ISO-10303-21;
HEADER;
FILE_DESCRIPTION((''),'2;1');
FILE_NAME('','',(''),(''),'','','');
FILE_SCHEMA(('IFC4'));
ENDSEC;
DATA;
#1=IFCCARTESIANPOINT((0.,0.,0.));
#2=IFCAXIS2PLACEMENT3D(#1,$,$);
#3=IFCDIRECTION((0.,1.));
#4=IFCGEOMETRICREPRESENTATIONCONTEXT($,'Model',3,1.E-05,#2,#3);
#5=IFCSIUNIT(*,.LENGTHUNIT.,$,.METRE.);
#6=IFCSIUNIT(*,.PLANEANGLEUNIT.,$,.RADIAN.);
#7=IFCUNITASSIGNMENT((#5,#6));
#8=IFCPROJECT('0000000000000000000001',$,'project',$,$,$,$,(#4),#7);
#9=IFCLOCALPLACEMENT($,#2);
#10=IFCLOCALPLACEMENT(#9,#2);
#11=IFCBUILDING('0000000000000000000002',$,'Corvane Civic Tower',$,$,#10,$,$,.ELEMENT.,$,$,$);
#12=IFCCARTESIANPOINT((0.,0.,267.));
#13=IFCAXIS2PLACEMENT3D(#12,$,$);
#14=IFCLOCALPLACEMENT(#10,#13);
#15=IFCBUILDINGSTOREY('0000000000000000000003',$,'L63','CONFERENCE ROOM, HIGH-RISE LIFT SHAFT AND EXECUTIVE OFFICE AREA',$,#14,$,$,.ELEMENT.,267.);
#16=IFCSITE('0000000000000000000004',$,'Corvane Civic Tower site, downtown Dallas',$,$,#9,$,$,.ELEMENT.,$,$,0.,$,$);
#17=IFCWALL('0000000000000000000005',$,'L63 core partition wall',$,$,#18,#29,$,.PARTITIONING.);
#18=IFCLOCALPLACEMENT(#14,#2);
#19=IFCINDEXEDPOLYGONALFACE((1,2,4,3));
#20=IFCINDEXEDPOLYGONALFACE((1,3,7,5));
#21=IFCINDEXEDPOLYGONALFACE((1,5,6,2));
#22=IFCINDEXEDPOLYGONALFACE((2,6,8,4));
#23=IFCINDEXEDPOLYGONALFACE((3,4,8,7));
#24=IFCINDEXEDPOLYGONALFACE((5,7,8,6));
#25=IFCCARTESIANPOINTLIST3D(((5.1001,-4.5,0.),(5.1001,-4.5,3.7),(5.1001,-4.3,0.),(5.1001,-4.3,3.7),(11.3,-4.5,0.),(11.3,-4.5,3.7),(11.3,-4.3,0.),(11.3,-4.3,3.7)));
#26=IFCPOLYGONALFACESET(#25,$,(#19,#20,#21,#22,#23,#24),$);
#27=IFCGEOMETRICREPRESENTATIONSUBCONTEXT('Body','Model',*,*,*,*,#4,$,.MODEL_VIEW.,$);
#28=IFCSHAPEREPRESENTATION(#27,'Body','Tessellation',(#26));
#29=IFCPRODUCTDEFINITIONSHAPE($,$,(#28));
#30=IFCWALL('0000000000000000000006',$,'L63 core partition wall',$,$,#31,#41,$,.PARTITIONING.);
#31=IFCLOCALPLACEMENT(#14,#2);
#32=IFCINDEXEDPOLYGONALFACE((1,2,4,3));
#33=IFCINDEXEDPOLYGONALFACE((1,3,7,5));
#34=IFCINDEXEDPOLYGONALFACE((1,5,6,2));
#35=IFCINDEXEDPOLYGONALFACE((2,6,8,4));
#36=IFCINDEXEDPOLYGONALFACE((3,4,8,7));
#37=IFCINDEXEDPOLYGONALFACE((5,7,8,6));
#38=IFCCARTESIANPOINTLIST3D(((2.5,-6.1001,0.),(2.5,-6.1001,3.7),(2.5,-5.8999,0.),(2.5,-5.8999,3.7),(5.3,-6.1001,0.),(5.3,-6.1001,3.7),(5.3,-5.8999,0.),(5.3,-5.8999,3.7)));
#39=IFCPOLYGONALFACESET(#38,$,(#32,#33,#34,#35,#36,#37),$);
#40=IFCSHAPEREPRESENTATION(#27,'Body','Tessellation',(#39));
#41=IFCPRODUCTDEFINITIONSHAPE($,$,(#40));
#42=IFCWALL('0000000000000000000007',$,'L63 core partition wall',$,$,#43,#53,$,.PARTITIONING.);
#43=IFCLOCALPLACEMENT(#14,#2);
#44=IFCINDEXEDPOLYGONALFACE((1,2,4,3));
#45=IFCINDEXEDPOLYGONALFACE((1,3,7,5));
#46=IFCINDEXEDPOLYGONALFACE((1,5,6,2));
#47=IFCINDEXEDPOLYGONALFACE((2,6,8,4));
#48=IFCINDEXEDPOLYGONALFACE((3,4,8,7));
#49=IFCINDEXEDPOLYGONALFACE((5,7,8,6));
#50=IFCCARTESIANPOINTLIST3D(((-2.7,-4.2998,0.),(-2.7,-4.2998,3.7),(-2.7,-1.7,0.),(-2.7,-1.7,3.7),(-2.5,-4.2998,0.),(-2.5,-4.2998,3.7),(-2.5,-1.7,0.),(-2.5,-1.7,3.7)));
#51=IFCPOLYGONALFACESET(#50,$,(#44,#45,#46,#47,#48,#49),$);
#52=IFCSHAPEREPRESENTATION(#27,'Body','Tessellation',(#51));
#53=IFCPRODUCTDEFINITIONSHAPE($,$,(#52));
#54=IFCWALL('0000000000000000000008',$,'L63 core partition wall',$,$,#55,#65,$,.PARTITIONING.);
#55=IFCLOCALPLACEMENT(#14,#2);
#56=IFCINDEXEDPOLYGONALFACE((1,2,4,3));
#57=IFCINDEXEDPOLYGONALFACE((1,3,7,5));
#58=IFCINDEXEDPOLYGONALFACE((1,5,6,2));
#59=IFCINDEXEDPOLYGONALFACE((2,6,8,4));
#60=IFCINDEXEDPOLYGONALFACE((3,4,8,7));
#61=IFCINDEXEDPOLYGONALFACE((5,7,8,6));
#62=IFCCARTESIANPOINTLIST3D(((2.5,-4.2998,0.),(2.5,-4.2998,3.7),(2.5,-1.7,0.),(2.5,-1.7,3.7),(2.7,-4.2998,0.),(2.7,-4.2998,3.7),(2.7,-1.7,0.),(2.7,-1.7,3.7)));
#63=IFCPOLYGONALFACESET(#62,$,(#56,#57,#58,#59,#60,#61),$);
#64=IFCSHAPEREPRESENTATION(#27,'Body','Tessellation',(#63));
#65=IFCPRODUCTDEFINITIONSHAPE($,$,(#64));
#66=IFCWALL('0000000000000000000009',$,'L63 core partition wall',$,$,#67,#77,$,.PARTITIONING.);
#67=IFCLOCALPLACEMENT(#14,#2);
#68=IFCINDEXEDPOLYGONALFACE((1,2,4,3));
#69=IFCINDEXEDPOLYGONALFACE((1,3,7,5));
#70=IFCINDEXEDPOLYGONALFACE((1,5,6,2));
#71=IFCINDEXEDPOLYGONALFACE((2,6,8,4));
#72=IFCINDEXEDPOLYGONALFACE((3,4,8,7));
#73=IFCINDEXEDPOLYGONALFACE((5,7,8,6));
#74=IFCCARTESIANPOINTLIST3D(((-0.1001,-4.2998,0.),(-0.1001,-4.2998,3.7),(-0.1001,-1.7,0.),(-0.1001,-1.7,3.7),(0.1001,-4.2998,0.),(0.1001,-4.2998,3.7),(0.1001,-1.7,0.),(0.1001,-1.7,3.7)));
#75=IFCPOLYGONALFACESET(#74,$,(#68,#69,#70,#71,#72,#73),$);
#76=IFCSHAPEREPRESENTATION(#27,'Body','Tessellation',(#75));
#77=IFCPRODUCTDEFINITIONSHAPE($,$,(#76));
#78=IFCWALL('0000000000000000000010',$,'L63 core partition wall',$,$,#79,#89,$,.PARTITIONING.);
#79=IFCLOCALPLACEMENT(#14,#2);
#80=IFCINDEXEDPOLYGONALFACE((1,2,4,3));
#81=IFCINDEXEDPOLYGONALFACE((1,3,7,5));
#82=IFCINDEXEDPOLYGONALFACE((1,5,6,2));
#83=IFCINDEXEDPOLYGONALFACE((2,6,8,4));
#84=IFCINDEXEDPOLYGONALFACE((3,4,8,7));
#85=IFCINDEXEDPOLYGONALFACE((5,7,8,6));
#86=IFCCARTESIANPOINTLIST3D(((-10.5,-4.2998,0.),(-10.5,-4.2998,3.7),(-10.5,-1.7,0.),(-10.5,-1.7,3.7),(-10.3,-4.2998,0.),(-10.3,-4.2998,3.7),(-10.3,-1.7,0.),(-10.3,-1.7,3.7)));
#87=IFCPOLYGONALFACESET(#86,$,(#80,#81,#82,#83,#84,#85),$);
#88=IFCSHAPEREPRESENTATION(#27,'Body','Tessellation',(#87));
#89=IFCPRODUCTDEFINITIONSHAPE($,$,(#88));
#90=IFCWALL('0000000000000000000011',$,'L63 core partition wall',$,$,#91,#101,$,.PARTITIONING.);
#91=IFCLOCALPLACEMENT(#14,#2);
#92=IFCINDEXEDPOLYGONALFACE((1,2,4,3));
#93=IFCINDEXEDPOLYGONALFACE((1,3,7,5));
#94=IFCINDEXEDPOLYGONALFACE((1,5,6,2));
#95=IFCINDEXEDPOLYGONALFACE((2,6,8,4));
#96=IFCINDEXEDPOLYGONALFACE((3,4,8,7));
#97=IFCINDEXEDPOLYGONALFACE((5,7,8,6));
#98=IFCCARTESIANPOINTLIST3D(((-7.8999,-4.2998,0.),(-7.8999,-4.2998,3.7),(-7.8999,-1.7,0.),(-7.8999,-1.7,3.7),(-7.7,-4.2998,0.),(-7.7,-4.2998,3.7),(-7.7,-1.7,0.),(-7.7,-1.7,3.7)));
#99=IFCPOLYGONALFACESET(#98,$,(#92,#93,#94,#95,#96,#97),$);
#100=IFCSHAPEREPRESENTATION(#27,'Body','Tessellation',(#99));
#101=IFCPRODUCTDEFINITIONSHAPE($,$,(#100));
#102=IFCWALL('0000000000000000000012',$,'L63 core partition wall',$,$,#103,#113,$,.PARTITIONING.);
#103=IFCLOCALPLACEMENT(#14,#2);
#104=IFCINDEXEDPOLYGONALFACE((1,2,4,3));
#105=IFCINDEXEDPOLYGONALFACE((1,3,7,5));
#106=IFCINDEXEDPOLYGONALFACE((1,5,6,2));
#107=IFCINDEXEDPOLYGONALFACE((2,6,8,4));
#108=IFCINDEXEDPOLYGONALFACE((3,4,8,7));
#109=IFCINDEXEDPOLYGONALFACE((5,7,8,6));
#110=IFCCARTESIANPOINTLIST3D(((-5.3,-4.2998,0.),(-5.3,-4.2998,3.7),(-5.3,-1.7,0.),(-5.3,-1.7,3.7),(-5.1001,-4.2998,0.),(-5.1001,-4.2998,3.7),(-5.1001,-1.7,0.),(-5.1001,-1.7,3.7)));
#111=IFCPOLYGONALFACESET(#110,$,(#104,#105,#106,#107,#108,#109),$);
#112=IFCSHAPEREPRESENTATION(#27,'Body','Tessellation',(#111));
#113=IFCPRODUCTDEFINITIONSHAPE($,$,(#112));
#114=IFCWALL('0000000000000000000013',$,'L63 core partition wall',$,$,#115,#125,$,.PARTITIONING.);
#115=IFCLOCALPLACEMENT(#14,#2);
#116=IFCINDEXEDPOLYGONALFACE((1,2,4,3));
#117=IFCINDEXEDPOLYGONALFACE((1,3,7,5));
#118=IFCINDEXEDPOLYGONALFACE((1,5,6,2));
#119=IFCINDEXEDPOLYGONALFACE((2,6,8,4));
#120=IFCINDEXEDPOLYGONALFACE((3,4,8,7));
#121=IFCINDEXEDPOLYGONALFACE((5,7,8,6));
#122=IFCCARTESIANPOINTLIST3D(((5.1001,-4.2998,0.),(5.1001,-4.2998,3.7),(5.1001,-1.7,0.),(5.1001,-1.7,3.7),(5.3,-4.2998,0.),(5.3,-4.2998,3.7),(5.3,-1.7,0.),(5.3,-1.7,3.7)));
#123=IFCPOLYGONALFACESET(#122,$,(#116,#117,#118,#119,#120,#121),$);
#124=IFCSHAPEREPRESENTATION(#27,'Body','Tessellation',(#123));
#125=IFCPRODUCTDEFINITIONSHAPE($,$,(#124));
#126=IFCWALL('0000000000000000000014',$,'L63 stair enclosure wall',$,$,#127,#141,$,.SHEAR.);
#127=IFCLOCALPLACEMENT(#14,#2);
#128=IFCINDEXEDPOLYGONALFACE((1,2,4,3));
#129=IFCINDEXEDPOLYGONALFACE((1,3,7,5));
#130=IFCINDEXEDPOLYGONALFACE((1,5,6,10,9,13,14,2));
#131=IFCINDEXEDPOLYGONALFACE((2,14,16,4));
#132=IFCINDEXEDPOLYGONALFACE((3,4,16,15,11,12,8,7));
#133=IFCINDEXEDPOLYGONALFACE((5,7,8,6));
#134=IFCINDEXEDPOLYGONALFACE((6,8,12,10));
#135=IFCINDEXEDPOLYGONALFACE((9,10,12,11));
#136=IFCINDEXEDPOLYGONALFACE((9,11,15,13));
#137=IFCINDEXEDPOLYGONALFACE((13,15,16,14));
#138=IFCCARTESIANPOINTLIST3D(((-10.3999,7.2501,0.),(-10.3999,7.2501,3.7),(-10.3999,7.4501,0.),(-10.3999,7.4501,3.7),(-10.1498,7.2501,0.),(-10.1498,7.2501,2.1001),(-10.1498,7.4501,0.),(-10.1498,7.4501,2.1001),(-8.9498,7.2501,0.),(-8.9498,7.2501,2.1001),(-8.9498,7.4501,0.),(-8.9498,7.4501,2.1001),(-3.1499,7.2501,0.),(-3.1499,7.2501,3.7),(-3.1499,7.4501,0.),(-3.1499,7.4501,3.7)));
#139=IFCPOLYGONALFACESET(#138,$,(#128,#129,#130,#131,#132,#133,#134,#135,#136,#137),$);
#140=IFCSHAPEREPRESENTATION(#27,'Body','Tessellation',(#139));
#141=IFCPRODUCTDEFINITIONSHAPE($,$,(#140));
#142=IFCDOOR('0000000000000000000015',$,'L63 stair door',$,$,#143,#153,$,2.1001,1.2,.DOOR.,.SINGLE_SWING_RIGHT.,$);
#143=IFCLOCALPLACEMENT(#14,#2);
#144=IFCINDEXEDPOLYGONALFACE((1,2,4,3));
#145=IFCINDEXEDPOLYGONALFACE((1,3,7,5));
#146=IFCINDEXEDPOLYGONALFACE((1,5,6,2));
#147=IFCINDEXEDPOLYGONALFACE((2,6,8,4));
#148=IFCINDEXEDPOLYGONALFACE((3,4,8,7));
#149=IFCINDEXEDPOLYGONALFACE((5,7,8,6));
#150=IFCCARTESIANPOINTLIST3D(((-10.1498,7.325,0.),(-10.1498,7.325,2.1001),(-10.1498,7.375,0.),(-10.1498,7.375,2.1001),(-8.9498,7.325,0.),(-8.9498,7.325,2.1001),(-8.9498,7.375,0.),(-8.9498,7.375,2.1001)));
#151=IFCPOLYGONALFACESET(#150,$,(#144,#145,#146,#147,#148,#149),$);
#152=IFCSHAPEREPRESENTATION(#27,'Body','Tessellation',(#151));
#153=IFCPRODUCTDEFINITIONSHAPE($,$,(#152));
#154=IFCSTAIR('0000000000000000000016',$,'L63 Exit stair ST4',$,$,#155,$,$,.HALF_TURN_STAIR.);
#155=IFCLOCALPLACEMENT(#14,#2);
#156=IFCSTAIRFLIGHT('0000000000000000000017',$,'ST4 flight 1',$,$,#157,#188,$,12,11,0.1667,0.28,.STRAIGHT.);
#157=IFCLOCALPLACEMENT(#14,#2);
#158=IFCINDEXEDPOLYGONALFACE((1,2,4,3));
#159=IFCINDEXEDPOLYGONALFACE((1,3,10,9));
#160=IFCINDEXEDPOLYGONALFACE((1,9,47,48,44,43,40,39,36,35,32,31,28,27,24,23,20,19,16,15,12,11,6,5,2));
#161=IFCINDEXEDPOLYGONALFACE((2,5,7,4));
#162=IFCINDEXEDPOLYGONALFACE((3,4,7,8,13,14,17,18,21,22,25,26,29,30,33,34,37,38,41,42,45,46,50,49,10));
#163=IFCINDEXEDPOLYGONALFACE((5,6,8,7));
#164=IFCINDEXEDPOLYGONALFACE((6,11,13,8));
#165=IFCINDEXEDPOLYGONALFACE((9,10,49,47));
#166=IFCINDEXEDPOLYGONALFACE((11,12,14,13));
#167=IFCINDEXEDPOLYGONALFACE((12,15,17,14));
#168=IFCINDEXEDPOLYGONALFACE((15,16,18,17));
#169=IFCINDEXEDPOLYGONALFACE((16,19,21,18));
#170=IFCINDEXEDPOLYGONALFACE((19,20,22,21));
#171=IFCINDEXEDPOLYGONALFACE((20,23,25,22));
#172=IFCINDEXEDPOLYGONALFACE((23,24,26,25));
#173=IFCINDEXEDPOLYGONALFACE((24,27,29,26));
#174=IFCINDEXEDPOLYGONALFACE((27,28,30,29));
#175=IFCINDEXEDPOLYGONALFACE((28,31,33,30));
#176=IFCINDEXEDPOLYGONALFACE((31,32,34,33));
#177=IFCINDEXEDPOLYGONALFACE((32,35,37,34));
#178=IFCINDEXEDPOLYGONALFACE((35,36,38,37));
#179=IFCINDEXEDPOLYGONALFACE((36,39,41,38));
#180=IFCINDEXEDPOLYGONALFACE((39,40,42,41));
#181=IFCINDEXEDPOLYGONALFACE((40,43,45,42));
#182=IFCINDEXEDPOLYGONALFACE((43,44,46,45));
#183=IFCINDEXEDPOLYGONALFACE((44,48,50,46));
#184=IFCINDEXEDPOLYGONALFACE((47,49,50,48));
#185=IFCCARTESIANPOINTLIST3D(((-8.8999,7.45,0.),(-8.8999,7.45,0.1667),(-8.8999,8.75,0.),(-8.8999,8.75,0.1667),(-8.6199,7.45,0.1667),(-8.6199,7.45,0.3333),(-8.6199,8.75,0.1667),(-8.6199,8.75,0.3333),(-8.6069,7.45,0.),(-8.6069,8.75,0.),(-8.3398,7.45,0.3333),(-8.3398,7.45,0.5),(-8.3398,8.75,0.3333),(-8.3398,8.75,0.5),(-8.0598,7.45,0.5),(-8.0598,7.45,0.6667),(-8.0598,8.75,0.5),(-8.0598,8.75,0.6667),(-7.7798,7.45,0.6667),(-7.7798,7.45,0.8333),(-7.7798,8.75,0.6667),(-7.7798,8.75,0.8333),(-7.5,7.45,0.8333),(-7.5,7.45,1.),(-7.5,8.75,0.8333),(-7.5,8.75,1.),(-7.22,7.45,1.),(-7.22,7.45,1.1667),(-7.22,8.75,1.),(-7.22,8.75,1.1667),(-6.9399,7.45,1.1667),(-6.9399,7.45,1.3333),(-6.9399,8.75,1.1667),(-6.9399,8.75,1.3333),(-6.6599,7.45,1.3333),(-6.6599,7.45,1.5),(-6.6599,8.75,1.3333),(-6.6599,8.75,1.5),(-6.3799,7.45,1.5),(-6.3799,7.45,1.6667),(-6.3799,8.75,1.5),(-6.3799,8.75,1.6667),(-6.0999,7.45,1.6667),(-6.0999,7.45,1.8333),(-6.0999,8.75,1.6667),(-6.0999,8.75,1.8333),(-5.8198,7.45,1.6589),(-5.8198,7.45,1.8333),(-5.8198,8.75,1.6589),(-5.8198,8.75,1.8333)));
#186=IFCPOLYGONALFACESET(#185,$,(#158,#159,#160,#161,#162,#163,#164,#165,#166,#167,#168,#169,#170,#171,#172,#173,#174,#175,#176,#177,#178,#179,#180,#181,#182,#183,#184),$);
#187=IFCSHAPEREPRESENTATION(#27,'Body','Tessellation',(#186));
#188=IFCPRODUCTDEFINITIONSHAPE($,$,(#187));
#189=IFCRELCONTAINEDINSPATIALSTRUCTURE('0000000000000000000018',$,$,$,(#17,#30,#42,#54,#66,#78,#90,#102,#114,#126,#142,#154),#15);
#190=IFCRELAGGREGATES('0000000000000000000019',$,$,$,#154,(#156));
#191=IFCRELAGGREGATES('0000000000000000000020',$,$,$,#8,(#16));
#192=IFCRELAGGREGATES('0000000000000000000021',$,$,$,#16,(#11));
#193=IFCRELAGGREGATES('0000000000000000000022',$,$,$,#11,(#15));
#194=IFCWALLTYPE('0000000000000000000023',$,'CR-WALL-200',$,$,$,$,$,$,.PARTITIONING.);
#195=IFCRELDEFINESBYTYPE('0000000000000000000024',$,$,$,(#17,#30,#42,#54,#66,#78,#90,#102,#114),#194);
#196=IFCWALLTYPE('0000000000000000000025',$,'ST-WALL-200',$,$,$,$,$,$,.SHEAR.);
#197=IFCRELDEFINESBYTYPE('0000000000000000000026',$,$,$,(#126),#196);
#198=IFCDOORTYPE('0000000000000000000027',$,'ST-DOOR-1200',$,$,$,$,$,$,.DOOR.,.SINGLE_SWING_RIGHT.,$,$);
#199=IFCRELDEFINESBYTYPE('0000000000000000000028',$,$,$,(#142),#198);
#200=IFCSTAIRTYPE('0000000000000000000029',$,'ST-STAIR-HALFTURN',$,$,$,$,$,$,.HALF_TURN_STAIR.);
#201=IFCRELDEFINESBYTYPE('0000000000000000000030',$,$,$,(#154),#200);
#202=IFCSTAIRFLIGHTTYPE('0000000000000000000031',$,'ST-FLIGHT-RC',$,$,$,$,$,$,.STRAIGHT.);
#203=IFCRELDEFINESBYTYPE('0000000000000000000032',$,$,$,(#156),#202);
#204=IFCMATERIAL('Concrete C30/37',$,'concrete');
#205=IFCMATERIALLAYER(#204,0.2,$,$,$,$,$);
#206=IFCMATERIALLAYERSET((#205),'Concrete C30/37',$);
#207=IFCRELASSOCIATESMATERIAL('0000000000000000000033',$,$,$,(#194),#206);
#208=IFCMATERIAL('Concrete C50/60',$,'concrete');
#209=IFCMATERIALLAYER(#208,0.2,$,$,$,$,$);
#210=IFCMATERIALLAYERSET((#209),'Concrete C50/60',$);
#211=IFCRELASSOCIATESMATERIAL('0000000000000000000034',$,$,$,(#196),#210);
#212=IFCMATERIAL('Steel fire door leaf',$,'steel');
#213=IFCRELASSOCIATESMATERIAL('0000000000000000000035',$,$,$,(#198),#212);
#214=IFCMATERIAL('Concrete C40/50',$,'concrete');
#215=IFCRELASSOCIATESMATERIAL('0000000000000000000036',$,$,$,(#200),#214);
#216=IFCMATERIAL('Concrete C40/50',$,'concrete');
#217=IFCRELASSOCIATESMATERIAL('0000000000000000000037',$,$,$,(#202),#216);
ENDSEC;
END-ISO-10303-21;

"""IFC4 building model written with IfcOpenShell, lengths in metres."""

from ifc_helpers import new_model, si_unit, direction, frame, frame_2d, origin, place, context, subcontext, project, spatial, polyline, rectangle, outline, extrude, material, layer, layer_set, type_object, element, fill, aggregate, save


model = new_model("IFC4")

# Units and contexts
model_context = context("Model", 3, precision=1e-05, world=origin(), true_north=direction((0.0, 1.0)))
body_context = subcontext(model_context, "Body", "Model", "MODEL_VIEW")
ifc_project = project(units=[si_unit("LENGTHUNIT", "METRE"), si_unit("PLANEANGLEUNIT", "RADIAN")], contexts=[model_context])

# Site, building, storey
site_placement = place(None, origin())
site = spatial("IfcSite", under=ifc_project, at=site_placement, Name="Corvane Civic Tower site, downtown Dallas", CompositionType="ELEMENT", RefElevation=0.0)
building_placement = place(site_placement, origin())
building = spatial("IfcBuilding", under=site, at=building_placement, Name="Corvane Civic Tower", CompositionType="ELEMENT")
storey_placement = place(building_placement, frame((0.0, 0.0, 267.0)))
storey = spatial("IfcBuildingStorey", under=building, at=storey_placement, Name="L63", Description="CONFERENCE ROOM, HIGH-RISE LIFT SHAFT AND EXECUTIVE OFFICE AREA", CompositionType="ELEMENT", Elevation=267.0)

# Shared definitions
ifc_material_1 = material(Name="Concrete C30/37", Category="concrete")
ifc_layer_1 = layer(ifc_material_1, 0.2)
ifc_layer_set_1 = layer_set([ifc_layer_1], Name="Concrete C30/37")
wall_type_1 = type_object("IfcWallType", Name="CR-WALL-200", PredefinedType="PARTITIONING", material=ifc_layer_set_1)

# Walls
wall_1_placement = place(storey_placement, origin())
element("IfcWall", 1, at=wall_1_placement, inside=storey, type_object=wall_type_1, Name="L63 core partition wall", PredefinedType="PARTITIONING", context=body_context, shape_type="SweptSolid", body=[
    extrude(outline(polyline([(11.3, -4.5), (5.1001, -4.5), (5.1001, -4.3), (11.3, -4.3), (11.3, -4.5)])), origin(), (0.0, 0.0, 1.0), 3.7),
])
wall_2_placement = place(storey_placement, origin())
element("IfcWall", 2, at=wall_2_placement, inside=storey, type_object=wall_type_1, Name="L63 core partition wall", PredefinedType="PARTITIONING", context=body_context, shape_type="SweptSolid", body=[
    extrude(outline(polyline([(5.3, -6.1001), (2.5, -6.1001), (2.5, -5.8999), (5.3, -5.8999), (5.3, -6.1001)])), origin(), (0.0, 0.0, 1.0), 3.7),
])
wall_3_placement = place(storey_placement, origin())
element("IfcWall", 3, at=wall_3_placement, inside=storey, type_object=wall_type_1, Name="L63 core partition wall", PredefinedType="PARTITIONING", context=body_context, shape_type="SweptSolid", body=[
    extrude(outline(polyline([(-2.5, -1.7), (-2.5, -4.2998), (-2.7, -4.2998), (-2.7, -1.7), (-2.5, -1.7)])), origin(), (0.0, 0.0, 1.0), 3.7),
])
wall_4_placement = place(storey_placement, origin())
element("IfcWall", 4, at=wall_4_placement, inside=storey, type_object=wall_type_1, Name="L63 core partition wall", PredefinedType="PARTITIONING", context=body_context, shape_type="SweptSolid", body=[
    extrude(outline(polyline([(2.7, -1.7), (2.7, -4.2998), (2.5, -4.2998), (2.5, -1.7), (2.7, -1.7)])), origin(), (0.0, 0.0, 1.0), 3.7),
])
wall_5_placement = place(storey_placement, origin())
element("IfcWall", 5, at=wall_5_placement, inside=storey, type_object=wall_type_1, Name="L63 core partition wall", PredefinedType="PARTITIONING", context=body_context, shape_type="SweptSolid", body=[
    extrude(outline(polyline([(0.1001, -1.7), (0.1001, -4.2998), (-0.1001, -4.2998), (-0.1001, -1.7), (0.1001, -1.7)])), origin(), (0.0, 0.0, 1.0), 3.7),
])
wall_6_placement = place(storey_placement, origin())
element("IfcWall", 6, at=wall_6_placement, inside=storey, type_object=wall_type_1, Name="L63 core partition wall", PredefinedType="PARTITIONING", context=body_context, shape_type="SweptSolid", body=[
    extrude(outline(polyline([(-10.3, -1.7), (-10.3, -4.2998), (-10.5, -4.2998), (-10.5, -1.7), (-10.3, -1.7)])), origin(), (0.0, 0.0, 1.0), 3.7),
])
wall_7_placement = place(storey_placement, origin())
element("IfcWall", 7, at=wall_7_placement, inside=storey, type_object=wall_type_1, Name="L63 core partition wall", PredefinedType="PARTITIONING", context=body_context, shape_type="SweptSolid", body=[
    extrude(outline(polyline([(-7.7, -1.7), (-7.7, -4.2998), (-7.8999, -4.2998), (-7.8999, -1.7), (-7.7, -1.7)])), origin(), (0.0, 0.0, 1.0), 3.7),
])
wall_8_placement = place(storey_placement, origin())
element("IfcWall", 8, at=wall_8_placement, inside=storey, type_object=wall_type_1, Name="L63 core partition wall", PredefinedType="PARTITIONING", context=body_context, shape_type="SweptSolid", body=[
    extrude(outline(polyline([(-5.1001, -1.7), (-5.1001, -4.2998), (-5.3, -4.2998), (-5.3, -1.7), (-5.1001, -1.7)])), origin(), (0.0, 0.0, 1.0), 3.7),
])
wall_9_placement = place(storey_placement, origin())
element("IfcWall", 9, at=wall_9_placement, inside=storey, type_object=wall_type_1, Name="L63 core partition wall", PredefinedType="PARTITIONING", context=body_context, shape_type="SweptSolid", body=[
    extrude(outline(polyline([(5.3, -1.7), (5.3, -4.2998), (5.1001, -4.2998), (5.1001, -1.7), (5.3, -1.7)])), origin(), (0.0, 0.0, 1.0), 3.7),
])

# Wall, opening, door
ifc_material_2 = material(Name="Concrete C50/60", Category="concrete")
ifc_layer_2 = layer(ifc_material_2, 0.2)
ifc_layer_set_2 = layer_set([ifc_layer_2], Name="Concrete C50/60")
wall_type_2 = type_object("IfcWallType", Name="ST-WALL-200", PredefinedType="SHEAR", material=ifc_layer_set_2)
wall_10_placement = place(storey_placement, frame((-10.3999, 7.3501, 0.0), z_axis=(0.0, 0.0, 1.0), x_axis=(1.0, 0.0, 0.0)))
wall_10 = element("IfcWall", 10, at=wall_10_placement, inside=storey, type_object=wall_type_2, Name="L63 stair enclosure wall", PredefinedType="SHEAR", context=body_context, shape_type="SweptSolid", body=[
    extrude(rectangle(XDim=7.25, YDim=0.2, at=frame_2d((3.625, 0.0))), origin(), (0.0, 0.0, 1.0), 3.7),
])
opening_1_placement = place(wall_10_placement, frame((0.25, 0.0, 0.0)))
opening_1 = element("IfcOpeningElement", 11, at=opening_1_placement, cuts=wall_10, PredefinedType="OPENING", context=body_context, shape_type="SweptSolid", body=[
    extrude(rectangle(XDim=1.2, YDim=2.1001, at=frame_2d((0.6001, 1.05))), frame((0.0, 0.1099, 0.0), z_axis=(0.0, -1.0, 0.0), x_axis=(1.0, 0.0, 0.0)), (0.0, 0.0, 1.0), 0.22),
])
ifc_material_3 = material(Name="Steel fire door leaf", Category="steel")
door_type_1 = type_object("IfcDoorType", Name="ST-DOOR-1200", OperationType="SINGLE_SWING_RIGHT", PredefinedType="DOOR", material=ifc_material_3)
door_1_placement = place(opening_1_placement, origin())
door_1 = element("IfcDoor", 12, at=door_1_placement, inside=storey, type_object=door_type_1, Name="L63 stair door", OperationType="SINGLE_SWING_RIGHT", OverallHeight=2.1001, OverallWidth=1.2, PredefinedType="DOOR", context=body_context, shape_type="SweptSolid", body=[
    extrude(rectangle(XDim=1.2, YDim=2.1001, at=frame_2d((0.6001, 1.05))), frame((0.0, 0.0249, 0.0), z_axis=(0.0, -1.0, 0.0), x_axis=(1.0, 0.0, 0.0)), (0.0, 0.0, 1.0), 0.05),
])
fill(opening_1, door_1)

# Stair, stair flight
ifc_material_4 = material(Name="Concrete C40/50", Category="concrete")
stair_type = type_object("IfcStairType", Name="ST-STAIR-HALFTURN", PredefinedType="HALF_TURN_STAIR", material=ifc_material_4)
stair_placement = place(storey_placement, origin())
stair = element("IfcStair", 13, at=stair_placement, inside=storey, type_object=stair_type, Name="L63 Exit stair ST4", PredefinedType="HALF_TURN_STAIR")
ifc_material_5 = material(Name="Concrete C40/50", Category="concrete")
stair_flight_type = type_object("IfcStairFlightType", Name="ST-FLIGHT-RC", PredefinedType="STRAIGHT", material=ifc_material_5)
stair_flight_placement = place(storey_placement, frame((-8.8999, 8.1001, 0.0), z_axis=(0.0, 0.0, 1.0), x_axis=(1.0, 0.0, 0.0)))
stair_flight = element("IfcStairFlight", 14, at=stair_flight_placement, type_object=stair_flight_type, Name="ST4 flight 1", NumberOfRisers=12, NumberOfTreads=11, PredefinedType="STRAIGHT", RiserHeight=0.1667, TreadLength=0.28, context=body_context, shape_type="SweptSolid", body=[
    extrude(outline(polyline([(0.0, 0.0), (0.0, 0.1667), (0.28, 0.1667), (0.28, 0.3333), (0.5601, 0.3333), (0.5601, 0.5), (0.8401, 0.5), (0.8401, 0.6667), (1.1201, 0.6667), (1.1201, 0.8333), (1.3999, 0.8333), (1.3999, 1.0), (1.6799, 1.0), (1.6799, 1.1667), (1.96, 1.1667), (1.96, 1.3333), (2.24, 1.3333), (2.24, 1.5), (2.52, 1.5), (2.52, 1.6667), (2.8, 1.6667), (2.8, 1.8333), (3.0801, 1.8333), (3.0801, 2.0), (3.0801, 1.6589), (0.293, 0.0), (0.0, 0.0)])), frame((0.0, 0.6499, 0.0), z_axis=(0.0, -1.0, 0.0), x_axis=(1.0, 0.0, 0.0)), (0.0, 0.0, 1.0), 1.3),
])
aggregate(stair, [stair_flight])

save(model, "model.ifc")
